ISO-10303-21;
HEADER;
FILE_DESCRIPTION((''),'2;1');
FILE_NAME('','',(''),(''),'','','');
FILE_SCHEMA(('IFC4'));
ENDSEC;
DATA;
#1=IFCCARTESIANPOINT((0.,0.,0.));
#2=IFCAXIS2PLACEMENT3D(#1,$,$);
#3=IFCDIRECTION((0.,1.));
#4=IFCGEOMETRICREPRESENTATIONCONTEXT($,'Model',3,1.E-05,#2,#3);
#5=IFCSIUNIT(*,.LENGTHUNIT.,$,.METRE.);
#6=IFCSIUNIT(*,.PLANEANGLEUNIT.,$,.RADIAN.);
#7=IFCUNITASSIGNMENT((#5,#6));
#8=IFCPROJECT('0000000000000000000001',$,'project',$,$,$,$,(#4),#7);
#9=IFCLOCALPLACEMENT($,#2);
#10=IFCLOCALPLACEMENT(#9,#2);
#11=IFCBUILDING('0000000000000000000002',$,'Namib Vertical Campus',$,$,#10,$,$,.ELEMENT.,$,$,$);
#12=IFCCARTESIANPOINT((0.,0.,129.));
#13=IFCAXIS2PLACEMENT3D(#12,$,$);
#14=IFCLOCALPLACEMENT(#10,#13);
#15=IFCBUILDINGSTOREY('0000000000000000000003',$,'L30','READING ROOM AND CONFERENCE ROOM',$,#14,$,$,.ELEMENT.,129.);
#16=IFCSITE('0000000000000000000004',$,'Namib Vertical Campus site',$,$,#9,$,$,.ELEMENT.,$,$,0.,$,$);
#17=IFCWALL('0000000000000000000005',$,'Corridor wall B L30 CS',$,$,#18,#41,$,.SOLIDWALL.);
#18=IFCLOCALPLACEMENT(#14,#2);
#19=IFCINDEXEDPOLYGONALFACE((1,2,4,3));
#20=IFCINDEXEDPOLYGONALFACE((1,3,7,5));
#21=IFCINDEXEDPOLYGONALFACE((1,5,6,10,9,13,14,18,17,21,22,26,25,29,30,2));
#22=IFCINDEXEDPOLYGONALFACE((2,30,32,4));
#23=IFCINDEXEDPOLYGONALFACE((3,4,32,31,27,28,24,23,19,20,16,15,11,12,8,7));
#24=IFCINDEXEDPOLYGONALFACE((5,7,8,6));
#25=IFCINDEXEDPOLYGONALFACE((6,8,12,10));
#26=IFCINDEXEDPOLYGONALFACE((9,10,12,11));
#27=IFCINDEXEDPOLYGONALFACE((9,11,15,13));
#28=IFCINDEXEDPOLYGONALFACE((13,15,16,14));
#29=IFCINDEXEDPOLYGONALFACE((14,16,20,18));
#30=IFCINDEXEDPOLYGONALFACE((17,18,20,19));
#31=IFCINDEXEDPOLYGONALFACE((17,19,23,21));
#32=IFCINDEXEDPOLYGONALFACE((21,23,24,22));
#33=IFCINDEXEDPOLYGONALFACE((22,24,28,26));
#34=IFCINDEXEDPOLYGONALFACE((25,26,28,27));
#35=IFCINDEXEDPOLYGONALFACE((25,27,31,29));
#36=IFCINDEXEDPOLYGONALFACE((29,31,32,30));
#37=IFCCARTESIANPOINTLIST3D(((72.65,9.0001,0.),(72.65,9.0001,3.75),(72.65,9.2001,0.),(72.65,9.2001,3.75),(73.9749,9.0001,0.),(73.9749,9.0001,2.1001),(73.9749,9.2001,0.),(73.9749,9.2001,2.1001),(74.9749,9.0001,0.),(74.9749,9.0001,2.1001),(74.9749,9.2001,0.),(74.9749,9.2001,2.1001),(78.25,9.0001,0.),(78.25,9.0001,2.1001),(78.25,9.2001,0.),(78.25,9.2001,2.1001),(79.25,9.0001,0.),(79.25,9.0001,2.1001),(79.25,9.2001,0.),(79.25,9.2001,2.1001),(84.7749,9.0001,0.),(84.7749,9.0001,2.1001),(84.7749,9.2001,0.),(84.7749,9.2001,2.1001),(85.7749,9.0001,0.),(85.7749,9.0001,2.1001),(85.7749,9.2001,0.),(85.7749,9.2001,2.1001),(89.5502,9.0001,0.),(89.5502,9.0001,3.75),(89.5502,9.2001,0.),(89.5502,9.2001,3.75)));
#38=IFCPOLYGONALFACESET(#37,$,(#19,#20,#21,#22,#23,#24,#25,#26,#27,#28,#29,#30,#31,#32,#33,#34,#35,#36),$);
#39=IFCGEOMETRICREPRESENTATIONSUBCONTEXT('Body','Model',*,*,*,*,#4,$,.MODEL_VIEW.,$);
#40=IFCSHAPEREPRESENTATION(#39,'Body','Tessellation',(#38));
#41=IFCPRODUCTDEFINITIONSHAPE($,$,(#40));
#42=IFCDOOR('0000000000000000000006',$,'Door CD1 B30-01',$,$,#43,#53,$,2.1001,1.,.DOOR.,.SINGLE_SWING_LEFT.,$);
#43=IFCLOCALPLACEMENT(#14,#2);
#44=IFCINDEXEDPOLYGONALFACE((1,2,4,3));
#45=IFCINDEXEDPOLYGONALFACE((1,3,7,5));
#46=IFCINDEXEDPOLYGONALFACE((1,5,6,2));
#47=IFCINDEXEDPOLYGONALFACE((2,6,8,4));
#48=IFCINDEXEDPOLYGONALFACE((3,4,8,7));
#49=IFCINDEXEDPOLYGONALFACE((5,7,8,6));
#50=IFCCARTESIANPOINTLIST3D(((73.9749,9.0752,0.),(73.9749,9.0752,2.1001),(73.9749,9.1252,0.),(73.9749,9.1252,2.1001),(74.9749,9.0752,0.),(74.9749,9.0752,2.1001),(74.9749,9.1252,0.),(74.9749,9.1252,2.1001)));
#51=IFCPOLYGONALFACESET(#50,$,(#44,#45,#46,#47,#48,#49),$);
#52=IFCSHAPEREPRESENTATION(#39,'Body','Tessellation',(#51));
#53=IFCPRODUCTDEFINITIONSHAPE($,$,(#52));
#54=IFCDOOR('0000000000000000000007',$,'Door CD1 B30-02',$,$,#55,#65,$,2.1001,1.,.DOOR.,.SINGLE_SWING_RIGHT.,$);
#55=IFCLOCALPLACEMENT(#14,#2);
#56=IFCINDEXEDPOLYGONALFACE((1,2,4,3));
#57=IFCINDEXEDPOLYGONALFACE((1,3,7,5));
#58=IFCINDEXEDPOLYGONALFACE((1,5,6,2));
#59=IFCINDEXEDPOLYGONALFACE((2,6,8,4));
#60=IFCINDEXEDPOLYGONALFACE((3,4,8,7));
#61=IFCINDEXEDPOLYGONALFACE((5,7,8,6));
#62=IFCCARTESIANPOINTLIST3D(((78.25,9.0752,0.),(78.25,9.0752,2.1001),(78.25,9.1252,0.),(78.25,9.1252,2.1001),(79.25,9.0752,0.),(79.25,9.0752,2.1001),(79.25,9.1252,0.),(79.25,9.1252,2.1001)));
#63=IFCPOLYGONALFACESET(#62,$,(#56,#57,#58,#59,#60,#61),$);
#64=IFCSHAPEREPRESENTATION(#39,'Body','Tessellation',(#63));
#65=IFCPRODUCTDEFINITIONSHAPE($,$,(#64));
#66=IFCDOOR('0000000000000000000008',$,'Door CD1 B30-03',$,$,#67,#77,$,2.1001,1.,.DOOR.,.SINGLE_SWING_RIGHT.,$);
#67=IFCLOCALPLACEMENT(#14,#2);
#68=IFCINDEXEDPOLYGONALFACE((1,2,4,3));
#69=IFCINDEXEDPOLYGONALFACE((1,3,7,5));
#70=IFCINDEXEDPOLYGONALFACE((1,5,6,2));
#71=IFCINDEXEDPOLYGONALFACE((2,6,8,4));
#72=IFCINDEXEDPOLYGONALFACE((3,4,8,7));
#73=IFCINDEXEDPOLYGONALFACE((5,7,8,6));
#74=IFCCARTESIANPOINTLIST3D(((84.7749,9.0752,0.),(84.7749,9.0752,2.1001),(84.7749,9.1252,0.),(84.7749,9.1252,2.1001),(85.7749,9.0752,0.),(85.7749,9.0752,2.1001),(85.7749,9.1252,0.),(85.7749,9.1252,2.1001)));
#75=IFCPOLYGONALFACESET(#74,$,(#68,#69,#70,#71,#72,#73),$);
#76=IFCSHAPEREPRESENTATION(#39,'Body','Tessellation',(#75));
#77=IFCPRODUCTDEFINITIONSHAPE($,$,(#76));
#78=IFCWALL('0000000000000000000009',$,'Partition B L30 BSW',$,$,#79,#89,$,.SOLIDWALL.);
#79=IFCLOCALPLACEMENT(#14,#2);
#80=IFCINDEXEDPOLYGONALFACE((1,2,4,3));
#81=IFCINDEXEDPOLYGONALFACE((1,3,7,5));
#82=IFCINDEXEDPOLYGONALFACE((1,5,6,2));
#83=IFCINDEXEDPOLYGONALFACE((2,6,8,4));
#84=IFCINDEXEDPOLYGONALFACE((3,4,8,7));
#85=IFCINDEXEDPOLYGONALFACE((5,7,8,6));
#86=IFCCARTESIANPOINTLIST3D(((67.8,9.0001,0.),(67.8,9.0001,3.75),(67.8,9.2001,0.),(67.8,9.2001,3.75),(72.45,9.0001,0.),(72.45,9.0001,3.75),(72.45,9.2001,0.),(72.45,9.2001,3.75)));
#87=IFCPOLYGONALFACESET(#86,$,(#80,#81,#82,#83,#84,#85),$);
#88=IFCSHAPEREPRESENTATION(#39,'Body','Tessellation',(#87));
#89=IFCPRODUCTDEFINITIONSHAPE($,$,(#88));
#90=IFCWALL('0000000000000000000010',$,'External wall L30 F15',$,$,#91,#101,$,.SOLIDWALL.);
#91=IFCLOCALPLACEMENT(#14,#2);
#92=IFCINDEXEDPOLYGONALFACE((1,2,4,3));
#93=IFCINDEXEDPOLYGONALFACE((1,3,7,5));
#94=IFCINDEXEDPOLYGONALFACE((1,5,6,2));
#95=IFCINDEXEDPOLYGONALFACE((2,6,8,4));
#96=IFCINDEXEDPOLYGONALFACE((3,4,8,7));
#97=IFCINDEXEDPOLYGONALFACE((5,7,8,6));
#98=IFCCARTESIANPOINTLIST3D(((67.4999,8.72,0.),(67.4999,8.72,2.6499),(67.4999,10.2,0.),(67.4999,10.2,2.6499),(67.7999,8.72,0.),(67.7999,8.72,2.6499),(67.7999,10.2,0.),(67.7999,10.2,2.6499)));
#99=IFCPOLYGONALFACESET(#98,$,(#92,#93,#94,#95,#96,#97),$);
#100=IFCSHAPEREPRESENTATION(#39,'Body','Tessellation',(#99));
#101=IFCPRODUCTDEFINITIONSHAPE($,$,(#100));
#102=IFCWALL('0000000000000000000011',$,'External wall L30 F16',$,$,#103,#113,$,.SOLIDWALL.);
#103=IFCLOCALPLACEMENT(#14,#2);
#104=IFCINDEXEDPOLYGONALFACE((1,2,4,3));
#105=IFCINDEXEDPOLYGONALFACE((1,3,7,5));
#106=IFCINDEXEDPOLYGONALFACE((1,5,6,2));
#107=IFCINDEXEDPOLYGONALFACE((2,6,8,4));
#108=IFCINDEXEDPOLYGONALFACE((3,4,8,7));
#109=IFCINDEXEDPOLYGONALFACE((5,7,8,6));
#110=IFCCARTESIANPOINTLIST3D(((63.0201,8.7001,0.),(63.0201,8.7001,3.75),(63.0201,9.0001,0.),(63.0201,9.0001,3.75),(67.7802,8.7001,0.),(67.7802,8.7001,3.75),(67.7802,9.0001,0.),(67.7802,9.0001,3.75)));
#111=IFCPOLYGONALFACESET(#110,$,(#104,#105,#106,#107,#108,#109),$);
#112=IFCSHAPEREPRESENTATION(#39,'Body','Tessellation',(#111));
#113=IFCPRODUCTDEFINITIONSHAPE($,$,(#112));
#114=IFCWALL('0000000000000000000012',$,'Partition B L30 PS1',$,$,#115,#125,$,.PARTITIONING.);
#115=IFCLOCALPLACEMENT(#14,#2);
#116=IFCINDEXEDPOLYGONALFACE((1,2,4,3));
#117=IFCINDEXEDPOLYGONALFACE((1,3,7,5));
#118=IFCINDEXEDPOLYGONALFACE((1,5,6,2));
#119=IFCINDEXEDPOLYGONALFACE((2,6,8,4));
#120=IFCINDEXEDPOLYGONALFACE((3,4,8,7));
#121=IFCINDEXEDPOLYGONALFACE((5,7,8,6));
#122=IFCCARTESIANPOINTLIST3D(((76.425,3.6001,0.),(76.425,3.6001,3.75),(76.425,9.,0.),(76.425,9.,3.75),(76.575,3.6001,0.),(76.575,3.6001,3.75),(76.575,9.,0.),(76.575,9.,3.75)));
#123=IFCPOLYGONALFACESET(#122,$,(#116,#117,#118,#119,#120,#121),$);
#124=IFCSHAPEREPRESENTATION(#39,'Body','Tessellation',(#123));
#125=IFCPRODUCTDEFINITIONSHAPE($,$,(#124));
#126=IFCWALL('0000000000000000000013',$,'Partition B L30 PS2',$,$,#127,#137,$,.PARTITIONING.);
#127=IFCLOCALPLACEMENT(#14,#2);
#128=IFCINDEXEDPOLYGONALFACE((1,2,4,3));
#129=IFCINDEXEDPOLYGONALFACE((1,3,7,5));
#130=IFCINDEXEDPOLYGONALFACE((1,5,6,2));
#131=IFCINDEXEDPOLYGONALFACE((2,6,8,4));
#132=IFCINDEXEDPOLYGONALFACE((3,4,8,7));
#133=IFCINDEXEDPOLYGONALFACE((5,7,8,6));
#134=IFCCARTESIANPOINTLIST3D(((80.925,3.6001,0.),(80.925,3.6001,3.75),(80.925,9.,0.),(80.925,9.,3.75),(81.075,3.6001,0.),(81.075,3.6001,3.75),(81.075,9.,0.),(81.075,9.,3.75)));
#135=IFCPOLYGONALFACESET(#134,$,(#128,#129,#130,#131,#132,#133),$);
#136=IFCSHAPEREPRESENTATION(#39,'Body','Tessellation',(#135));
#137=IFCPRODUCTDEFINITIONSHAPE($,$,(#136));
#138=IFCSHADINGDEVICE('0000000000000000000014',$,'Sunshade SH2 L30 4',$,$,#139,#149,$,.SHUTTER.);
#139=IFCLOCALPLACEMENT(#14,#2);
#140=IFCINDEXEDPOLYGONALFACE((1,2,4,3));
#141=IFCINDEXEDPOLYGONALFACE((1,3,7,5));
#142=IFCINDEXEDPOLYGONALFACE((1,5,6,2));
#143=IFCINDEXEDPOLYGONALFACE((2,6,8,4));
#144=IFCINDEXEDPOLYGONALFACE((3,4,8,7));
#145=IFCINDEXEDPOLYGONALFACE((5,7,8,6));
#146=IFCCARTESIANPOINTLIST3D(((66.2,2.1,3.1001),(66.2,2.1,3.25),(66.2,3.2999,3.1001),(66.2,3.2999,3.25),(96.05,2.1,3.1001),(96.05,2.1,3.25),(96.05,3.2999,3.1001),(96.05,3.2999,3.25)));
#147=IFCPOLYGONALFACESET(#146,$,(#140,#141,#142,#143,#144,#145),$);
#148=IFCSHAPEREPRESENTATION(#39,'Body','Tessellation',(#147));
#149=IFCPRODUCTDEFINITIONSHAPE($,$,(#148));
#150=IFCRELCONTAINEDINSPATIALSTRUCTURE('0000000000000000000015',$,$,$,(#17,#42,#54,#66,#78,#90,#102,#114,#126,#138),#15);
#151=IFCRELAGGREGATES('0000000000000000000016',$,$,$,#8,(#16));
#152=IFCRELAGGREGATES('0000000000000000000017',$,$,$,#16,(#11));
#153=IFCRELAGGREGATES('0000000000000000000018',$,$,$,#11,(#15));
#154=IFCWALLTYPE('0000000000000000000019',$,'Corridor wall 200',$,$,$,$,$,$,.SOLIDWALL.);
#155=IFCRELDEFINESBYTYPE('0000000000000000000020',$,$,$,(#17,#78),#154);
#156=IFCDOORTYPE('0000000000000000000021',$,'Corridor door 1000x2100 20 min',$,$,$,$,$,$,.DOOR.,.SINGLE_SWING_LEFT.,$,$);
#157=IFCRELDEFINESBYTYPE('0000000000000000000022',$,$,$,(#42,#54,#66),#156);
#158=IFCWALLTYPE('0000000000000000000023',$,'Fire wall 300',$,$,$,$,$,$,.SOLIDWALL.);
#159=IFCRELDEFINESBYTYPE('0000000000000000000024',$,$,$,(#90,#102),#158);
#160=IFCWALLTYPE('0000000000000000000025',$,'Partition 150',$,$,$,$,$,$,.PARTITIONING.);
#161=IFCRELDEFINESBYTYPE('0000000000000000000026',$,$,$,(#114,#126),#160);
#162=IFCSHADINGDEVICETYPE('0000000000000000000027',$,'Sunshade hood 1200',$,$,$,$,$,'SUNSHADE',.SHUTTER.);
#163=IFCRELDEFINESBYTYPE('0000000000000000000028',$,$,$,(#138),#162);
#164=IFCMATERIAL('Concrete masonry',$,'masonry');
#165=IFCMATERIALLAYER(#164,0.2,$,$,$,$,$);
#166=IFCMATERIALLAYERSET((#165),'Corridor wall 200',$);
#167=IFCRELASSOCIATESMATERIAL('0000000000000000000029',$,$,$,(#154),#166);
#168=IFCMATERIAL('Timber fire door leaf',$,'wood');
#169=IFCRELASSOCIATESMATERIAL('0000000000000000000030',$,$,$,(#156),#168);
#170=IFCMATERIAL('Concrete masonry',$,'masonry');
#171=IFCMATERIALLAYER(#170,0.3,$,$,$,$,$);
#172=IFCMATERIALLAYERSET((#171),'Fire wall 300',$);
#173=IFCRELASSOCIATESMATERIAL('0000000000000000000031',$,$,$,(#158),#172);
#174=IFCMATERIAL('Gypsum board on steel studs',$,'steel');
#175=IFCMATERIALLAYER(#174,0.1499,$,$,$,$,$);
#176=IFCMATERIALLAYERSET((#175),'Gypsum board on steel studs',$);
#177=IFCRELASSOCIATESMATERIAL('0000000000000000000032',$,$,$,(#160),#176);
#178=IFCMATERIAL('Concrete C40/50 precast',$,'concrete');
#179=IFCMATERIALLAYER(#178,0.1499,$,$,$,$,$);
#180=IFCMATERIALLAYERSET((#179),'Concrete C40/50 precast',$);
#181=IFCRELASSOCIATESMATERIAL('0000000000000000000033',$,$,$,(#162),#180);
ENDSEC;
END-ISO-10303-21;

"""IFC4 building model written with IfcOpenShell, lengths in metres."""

from ifc_helpers import new_model, si_unit, direction, frame, frame_2d, origin, origin_2d, place, context, subcontext, project, spatial, rectangle, extrude, material, layer, layer_set, type_object, element, fill, save


model = new_model("IFC4")

# Units and contexts
model_context = context("Model", 3, precision=1e-05, world=origin(), true_north=direction((0.0, 1.0)))
body_context = subcontext(model_context, "Body", "Model", "MODEL_VIEW")
ifc_project = project(units=[si_unit("LENGTHUNIT", "METRE"), si_unit("PLANEANGLEUNIT", "RADIAN")], contexts=[model_context])

# Site, building, storey
site_placement = place(None, origin())
site = spatial("IfcSite", under=ifc_project, at=site_placement, Name="Namib Vertical Campus site", CompositionType="ELEMENT", RefElevation=0.0)
building_placement = place(site_placement, origin())
building = spatial("IfcBuilding", under=site, at=building_placement, Name="Namib Vertical Campus", CompositionType="ELEMENT")
storey_placement = place(building_placement, frame((0.0, 0.0, 129.0)))
storey = spatial("IfcBuildingStorey", under=building, at=storey_placement, Name="L30", Description="READING ROOM AND CONFERENCE ROOM", CompositionType="ELEMENT", Elevation=129.0)

# Wall, openings, doors
ifc_material_1 = material(Name="Concrete masonry", Category="masonry")
ifc_layer_1 = layer(ifc_material_1, 0.2)
ifc_layer_set_1 = layer_set([ifc_layer_1], Name="Corridor wall 200")
wall_type_1 = type_object("IfcWallType", Name="Corridor wall 200", PredefinedType="SOLIDWALL", material=ifc_layer_set_1)
wall_1_placement = place(storey_placement, frame((72.6499, 9.1001, 0.0), z_axis=(0.0, 0.0, 1.0), x_axis=(1.0, 0.0, 0.0)))
wall_1 = element("IfcWall", 1, at=wall_1_placement, inside=storey, type_object=wall_type_1, Name="Corridor wall B L30 CS", PredefinedType="SOLIDWALL", context=body_context, shape_type="SweptSolid", body=[
    extrude(rectangle(XDim=16.9001, YDim=0.2, at=frame_2d((8.4502, 0.0))), origin(), (0.0, 0.0, 1.0), 3.75),
])
opening_1_placement = place(wall_1_placement, frame((1.325, 0.0, 0.0)))
opening_1 = element("IfcOpeningElement", 2, at=opening_1_placement, cuts=wall_1, PredefinedType="OPENING", context=body_context, shape_type="SweptSolid", body=[
    extrude(rectangle(XDim=1.0, YDim=2.1001, at=frame_2d((0.5, 1.05))), frame((0.0, 0.1099, 0.0), z_axis=(0.0, -1.0, 0.0), x_axis=(1.0, 0.0, 0.0)), (0.0, 0.0, 1.0), 0.22),
])
opening_2_placement = place(wall_1_placement, frame((5.6001, 0.0, 0.0)))
opening_2 = element("IfcOpeningElement", 3, at=opening_2_placement, cuts=wall_1, PredefinedType="OPENING", context=body_context, shape_type="SweptSolid", body=[
    extrude(rectangle(XDim=1.0, YDim=2.1001, at=frame_2d((0.5, 1.05))), frame((0.0, 0.1099, 0.0), z_axis=(0.0, -1.0, 0.0), x_axis=(1.0, 0.0, 0.0)), (0.0, 0.0, 1.0), 0.22),
])
opening_3_placement = place(wall_1_placement, frame((12.125, 0.0, 0.0)))
opening_3 = element("IfcOpeningElement", 4, at=opening_3_placement, cuts=wall_1, PredefinedType="OPENING", context=body_context, shape_type="SweptSolid", body=[
    extrude(rectangle(XDim=1.0, YDim=2.1001, at=frame_2d((0.5, 1.05))), frame((0.0, 0.1099, 0.0), z_axis=(0.0, -1.0, 0.0), x_axis=(1.0, 0.0, 0.0)), (0.0, 0.0, 1.0), 0.22),
])
ifc_material_2 = material(Name="Timber fire door leaf", Category="wood")
door_type_1 = type_object("IfcDoorType", Name="Corridor door 1000x2100 20 min", OperationType="SINGLE_SWING_LEFT", PredefinedType="DOOR", material=ifc_material_2)
door_1_placement = place(opening_1_placement, frame((1.0, 0.0, 0.0), z_axis=(0.0, 0.0, 1.0), x_axis=(-1.0, 0.0, 0.0)))
door_1 = element("IfcDoor", 5, at=door_1_placement, inside=storey, type_object=door_type_1, Name="Door CD1 B30-01", OperationType="SINGLE_SWING_LEFT", OverallHeight=2.1001, OverallWidth=1.0, PredefinedType="DOOR", context=body_context, shape_type="SweptSolid", body=[
    extrude(rectangle(XDim=1.0, YDim=2.1001, at=frame_2d((0.5, 1.05))), frame((0.0, 0.0249, 0.0), z_axis=(0.0, -1.0, 0.0), x_axis=(1.0, 0.0, 0.0)), (0.0, 0.0, 1.0), 0.05),
])
fill(opening_1, door_1)
door_2_placement = place(opening_2_placement, frame((1.0, 0.0, 0.0), z_axis=(0.0, 0.0, 1.0), x_axis=(-1.0, 0.0, 0.0)))
door_2 = element("IfcDoor", 6, at=door_2_placement, inside=storey, type_object=door_type_1, Name="Door CD1 B30-02", OperationType="SINGLE_SWING_RIGHT", OverallHeight=2.1001, OverallWidth=1.0, PredefinedType="DOOR", context=body_context, shape_type="SweptSolid", body=[
    extrude(rectangle(XDim=1.0, YDim=2.1001, at=frame_2d((0.5, 1.05))), frame((0.0, 0.0249, 0.0), z_axis=(0.0, -1.0, 0.0), x_axis=(1.0, 0.0, 0.0)), (0.0, 0.0, 1.0), 0.05),
])
fill(opening_2, door_2)
door_3_placement = place(opening_3_placement, frame((1.0, 0.0, 0.0), z_axis=(0.0, 0.0, 1.0), x_axis=(-1.0, 0.0, 0.0)))
door_3 = element("IfcDoor", 7, at=door_3_placement, inside=storey, type_object=door_type_1, Name="Door CD1 B30-03", OperationType="SINGLE_SWING_RIGHT", OverallHeight=2.1001, OverallWidth=1.0, PredefinedType="DOOR", context=body_context, shape_type="SweptSolid", body=[
    extrude(rectangle(XDim=1.0, YDim=2.1001, at=frame_2d((0.5, 1.05))), frame((0.0, 0.0249, 0.0), z_axis=(0.0, -1.0, 0.0), x_axis=(1.0, 0.0, 0.0)), (0.0, 0.0, 1.0), 0.05),
])
fill(opening_3, door_3)

# Walls
wall_2_placement = place(storey_placement, frame((67.8, 9.1001, 0.0), z_axis=(0.0, 0.0, 1.0), x_axis=(1.0, 0.0, 0.0)))
element("IfcWall", 8, at=wall_2_placement, inside=storey, type_object=wall_type_1, Name="Partition B L30 BSW", PredefinedType="SOLIDWALL", context=body_context, shape_type="SweptSolid", body=[
    extrude(rectangle(XDim=4.6499, YDim=0.2, at=frame_2d((2.325, 0.0))), origin(), (0.0, 0.0, 1.0), 3.75),
])
ifc_material_3 = material(Name="Concrete masonry", Category="masonry")
ifc_layer_2 = layer(ifc_material_3, 0.3)
ifc_layer_set_2 = layer_set([ifc_layer_2], Name="Fire wall 300")
wall_type_2 = type_object("IfcWallType", Name="Fire wall 300", PredefinedType="SOLIDWALL", material=ifc_layer_set_2)
wall_3_placement = place(storey_placement, frame((67.6499, 10.2, 0.0), z_axis=(0.0, 0.0, 1.0), x_axis=(0.0, -1.0, 0.0)))
element("IfcWall", 9, at=wall_3_placement, inside=storey, type_object=wall_type_2, Name="External wall L30 F15", PredefinedType="SOLIDWALL", context=body_context, shape_type="SweptSolid", body=[
    extrude(rectangle(XDim=1.48, YDim=0.3, at=frame_2d((0.74, 0.0))), origin(), (0.0, 0.0, 1.0), 2.6499),
])
wall_4_placement = place(storey_placement, frame((67.78, 8.8501, 0.0), z_axis=(0.0, 0.0, 1.0), x_axis=(-1.0, 0.0, 0.0)))
element("IfcWall", 10, at=wall_4_placement, inside=storey, type_object=wall_type_2, Name="External wall L30 F16", PredefinedType="SOLIDWALL", context=body_context, shape_type="SweptSolid", body=[
    extrude(rectangle(XDim=4.76, YDim=0.3, at=frame_2d((2.3799, 0.0))), origin(), (0.0, 0.0, 1.0), 3.75),
])
ifc_material_4 = material(Name="Gypsum board on steel studs", Category="steel")
ifc_layer_3 = layer(ifc_material_4, 0.1499)
ifc_layer_set_3 = layer_set([ifc_layer_3], Name="Gypsum board on steel studs")
wall_type_3 = type_object("IfcWallType", Name="Partition 150", PredefinedType="PARTITIONING", material=ifc_layer_set_3)
for number, where, z_axis, x_axis, name in (
    (11, (76.5, 3.6001, 0.0), (0.0, 0.0, 1.0), (0.0, 1.0, 0.0), "Partition B L30 PS1"),
    (12, (81.0, 3.6001, 0.0), (0.0, 0.0, 1.0), (0.0, 1.0, 0.0), "Partition B L30 PS2"),
):
    element("IfcWall", number, at=place(storey_placement, frame(where, z_axis=z_axis, x_axis=x_axis)), inside=storey, type_object=wall_type_3, Name=name, PredefinedType="PARTITIONING", context=body_context, shape_type="SweptSolid", body=[
        extrude(rectangle(XDim=5.3999, YDim=0.1499, at=frame_2d((2.7, 0.0))), origin(), (0.0, 0.0, 1.0), 3.75),
    ])

# Shading device
ifc_material_5 = material(Name="Concrete C40/50 precast", Category="concrete")
ifc_layer_4 = layer(ifc_material_5, 0.1499)
ifc_layer_set_4 = layer_set([ifc_layer_4], Name="Concrete C40/50 precast")
shading_device_type = type_object("IfcShadingDeviceType", Name="Sunshade hood 1200", ElementType="SUNSHADE", PredefinedType="SHUTTER", material=ifc_layer_set_4)
shading_device_placement = place(storey_placement, frame((81.125, 2.7, 3.1001), z_axis=(0.0, 0.0, 1.0), x_axis=(1.0, 0.0, 0.0)))
element("IfcShadingDevice", 13, at=shading_device_placement, inside=storey, type_object=shading_device_type, Name="Sunshade SH2 L30 4", PredefinedType="SHUTTER", context=body_context, shape_type="SweptSolid", body=[
    extrude(rectangle(XDim=29.8501, YDim=1.2, at=origin_2d()), origin(), (0.0, 0.0, 1.0), 0.1499),
])

save(model, "model.ifc")
